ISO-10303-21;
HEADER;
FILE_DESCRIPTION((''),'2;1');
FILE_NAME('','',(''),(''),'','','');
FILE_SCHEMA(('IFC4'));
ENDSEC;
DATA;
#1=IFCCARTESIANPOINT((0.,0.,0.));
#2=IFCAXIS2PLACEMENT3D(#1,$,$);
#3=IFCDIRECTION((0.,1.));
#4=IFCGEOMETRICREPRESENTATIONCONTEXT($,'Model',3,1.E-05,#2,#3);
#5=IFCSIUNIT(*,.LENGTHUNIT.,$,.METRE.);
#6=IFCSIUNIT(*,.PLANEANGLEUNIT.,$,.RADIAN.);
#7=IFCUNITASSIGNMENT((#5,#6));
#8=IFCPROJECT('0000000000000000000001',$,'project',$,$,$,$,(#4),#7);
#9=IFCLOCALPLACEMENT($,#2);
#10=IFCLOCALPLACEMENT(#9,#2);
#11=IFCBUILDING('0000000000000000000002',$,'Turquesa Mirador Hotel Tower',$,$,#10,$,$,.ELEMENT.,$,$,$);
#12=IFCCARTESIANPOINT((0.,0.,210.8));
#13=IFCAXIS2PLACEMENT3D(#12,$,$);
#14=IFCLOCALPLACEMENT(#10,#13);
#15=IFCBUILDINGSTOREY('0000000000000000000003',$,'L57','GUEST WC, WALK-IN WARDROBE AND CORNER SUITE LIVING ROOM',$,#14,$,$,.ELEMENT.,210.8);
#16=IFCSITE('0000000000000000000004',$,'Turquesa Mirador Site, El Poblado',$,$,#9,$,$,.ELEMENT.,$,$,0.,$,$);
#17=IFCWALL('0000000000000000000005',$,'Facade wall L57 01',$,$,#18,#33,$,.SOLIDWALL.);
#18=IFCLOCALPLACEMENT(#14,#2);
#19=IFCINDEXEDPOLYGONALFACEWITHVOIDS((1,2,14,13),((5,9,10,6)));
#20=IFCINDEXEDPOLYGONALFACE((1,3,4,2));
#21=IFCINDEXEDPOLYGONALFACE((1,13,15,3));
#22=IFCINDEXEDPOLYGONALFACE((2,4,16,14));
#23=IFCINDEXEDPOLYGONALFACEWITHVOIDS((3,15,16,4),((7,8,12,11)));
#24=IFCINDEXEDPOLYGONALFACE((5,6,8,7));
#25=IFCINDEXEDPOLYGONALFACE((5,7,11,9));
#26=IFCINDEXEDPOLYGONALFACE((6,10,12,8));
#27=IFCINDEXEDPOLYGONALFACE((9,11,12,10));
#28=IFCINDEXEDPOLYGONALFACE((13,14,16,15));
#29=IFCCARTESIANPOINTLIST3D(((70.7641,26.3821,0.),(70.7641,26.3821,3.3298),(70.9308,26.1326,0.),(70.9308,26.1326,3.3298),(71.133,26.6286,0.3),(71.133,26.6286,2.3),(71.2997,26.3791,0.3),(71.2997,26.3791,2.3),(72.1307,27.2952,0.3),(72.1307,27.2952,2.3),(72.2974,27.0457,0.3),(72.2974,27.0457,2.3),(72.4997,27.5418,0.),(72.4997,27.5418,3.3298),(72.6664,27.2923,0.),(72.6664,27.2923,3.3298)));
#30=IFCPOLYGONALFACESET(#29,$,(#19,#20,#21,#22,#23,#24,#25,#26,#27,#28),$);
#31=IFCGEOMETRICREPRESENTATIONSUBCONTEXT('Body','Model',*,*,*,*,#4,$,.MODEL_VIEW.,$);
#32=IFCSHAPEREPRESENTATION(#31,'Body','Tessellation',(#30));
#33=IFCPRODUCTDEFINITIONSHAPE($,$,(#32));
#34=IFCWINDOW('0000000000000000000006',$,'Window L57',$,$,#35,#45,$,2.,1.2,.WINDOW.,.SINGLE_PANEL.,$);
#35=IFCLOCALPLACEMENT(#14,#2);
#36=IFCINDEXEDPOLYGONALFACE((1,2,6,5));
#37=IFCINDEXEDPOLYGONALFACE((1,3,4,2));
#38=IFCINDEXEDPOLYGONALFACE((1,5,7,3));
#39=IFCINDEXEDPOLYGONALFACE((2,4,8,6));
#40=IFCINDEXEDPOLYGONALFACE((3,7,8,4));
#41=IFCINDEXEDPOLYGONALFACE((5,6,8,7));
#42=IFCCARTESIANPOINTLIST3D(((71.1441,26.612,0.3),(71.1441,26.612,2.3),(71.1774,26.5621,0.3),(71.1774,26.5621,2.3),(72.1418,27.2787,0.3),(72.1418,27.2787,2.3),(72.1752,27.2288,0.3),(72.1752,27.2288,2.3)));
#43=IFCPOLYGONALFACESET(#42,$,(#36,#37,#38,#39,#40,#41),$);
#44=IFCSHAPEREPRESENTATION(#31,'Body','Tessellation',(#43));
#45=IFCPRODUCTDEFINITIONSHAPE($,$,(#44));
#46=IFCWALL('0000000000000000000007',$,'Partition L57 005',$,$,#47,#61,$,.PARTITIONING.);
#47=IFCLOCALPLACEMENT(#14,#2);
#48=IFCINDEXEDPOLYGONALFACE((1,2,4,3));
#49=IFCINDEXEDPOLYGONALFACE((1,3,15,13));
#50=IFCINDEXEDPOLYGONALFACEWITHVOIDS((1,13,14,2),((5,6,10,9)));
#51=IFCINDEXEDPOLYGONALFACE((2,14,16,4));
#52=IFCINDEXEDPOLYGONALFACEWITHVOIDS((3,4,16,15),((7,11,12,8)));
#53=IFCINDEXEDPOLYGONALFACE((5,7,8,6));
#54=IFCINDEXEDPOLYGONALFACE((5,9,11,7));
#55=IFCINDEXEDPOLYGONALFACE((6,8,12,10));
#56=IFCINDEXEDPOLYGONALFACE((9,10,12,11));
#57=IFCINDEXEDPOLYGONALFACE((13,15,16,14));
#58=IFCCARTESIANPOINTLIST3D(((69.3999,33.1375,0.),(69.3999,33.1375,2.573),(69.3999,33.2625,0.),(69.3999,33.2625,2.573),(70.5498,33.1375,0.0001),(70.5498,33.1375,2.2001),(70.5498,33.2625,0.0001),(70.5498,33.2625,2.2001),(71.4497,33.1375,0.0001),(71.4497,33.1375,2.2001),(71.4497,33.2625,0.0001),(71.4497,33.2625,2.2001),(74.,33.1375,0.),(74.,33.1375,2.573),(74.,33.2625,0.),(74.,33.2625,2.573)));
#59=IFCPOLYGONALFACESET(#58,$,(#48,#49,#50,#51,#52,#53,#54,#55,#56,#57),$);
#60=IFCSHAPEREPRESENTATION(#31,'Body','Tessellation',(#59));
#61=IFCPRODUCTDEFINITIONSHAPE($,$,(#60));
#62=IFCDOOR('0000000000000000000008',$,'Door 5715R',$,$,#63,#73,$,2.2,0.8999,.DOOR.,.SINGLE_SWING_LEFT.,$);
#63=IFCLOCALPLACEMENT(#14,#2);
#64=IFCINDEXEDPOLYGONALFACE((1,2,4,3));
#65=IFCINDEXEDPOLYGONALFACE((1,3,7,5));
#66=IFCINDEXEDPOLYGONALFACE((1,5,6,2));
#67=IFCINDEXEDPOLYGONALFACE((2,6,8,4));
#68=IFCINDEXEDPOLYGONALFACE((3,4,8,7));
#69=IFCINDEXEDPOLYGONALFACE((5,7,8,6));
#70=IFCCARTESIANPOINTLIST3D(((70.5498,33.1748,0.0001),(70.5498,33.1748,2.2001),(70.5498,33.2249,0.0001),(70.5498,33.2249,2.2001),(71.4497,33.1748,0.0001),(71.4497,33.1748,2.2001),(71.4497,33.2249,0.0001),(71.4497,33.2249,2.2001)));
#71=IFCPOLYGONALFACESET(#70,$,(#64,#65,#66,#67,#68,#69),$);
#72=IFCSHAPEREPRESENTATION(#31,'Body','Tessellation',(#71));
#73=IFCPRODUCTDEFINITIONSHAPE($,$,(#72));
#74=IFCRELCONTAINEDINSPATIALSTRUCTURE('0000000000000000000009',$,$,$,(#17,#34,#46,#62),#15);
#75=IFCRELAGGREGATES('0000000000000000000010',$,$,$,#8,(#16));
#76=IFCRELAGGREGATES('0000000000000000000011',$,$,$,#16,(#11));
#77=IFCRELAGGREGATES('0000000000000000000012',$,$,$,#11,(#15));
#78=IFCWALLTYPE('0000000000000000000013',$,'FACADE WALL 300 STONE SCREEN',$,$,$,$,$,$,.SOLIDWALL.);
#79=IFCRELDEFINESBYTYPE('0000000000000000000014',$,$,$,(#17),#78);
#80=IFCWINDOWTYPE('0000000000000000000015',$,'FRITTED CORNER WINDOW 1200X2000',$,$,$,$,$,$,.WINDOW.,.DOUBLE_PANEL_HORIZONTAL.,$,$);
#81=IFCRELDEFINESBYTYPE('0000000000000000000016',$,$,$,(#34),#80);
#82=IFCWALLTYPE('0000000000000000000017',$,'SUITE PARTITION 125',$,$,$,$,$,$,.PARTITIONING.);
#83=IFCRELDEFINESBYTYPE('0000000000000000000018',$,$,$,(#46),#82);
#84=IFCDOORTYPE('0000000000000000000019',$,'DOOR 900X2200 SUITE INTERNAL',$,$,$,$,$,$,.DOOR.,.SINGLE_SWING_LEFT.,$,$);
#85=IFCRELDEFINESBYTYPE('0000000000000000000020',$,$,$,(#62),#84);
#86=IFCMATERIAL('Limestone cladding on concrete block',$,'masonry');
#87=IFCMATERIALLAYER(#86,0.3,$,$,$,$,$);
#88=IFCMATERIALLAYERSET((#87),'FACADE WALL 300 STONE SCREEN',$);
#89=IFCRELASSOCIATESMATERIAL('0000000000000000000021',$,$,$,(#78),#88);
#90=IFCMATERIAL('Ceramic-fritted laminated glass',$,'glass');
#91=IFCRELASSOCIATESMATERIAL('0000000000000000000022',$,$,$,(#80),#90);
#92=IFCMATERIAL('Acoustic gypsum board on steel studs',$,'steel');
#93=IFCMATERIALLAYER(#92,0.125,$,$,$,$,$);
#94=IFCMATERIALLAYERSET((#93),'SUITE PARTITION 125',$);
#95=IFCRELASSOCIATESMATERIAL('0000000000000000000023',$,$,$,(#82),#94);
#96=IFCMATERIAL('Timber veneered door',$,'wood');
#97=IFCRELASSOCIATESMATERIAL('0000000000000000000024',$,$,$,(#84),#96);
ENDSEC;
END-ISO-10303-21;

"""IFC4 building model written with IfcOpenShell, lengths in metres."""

from ifc_helpers import new_model, si_unit, direction, frame, frame_2d, origin, place, context, subcontext, project, spatial, rectangle, extrude, material, layer, layer_set, type_object, element, fill, save


model = new_model("IFC4")

# Units and contexts
model_context = context("Model", 3, precision=1e-05, world=origin(), true_north=direction((0.0, 1.0)))
body_context = subcontext(model_context, "Body", "Model", "MODEL_VIEW")
ifc_project = project(units=[si_unit("LENGTHUNIT", "METRE"), si_unit("PLANEANGLEUNIT", "RADIAN")], contexts=[model_context])

# Site, building, storey
site_placement = place(None, origin())
site = spatial("IfcSite", under=ifc_project, at=site_placement, Name="Turquesa Mirador Site, El Poblado", CompositionType="ELEMENT", RefElevation=0.0)
building_placement = place(site_placement, origin())
building = spatial("IfcBuilding", under=site, at=building_placement, Name="Turquesa Mirador Hotel Tower", CompositionType="ELEMENT")
storey_placement = place(building_placement, frame((0.0, 0.0, 210.8)))
storey = spatial("IfcBuildingStorey", under=building, at=storey_placement, Name="L57", Description="GUEST WC, WALK-IN WARDROBE AND CORNER SUITE LIVING ROOM", CompositionType="ELEMENT", Elevation=210.8)

# Wall, opening, window
ifc_material_1 = material(Name="Limestone cladding on concrete block", Category="masonry")
ifc_layer_1 = layer(ifc_material_1, 0.3)
ifc_layer_set_1 = layer_set([ifc_layer_1], Name="FACADE WALL 300 STONE SCREEN")
wall_type_1 = type_object("IfcWallType", Name="FACADE WALL 300 STONE SCREEN", PredefinedType="SOLIDWALL", material=ifc_layer_set_1)
wall_1_placement = place(storey_placement, frame((70.8474, 26.2573, 0.0), z_axis=(0.0, 0.0, 1.0), x_axis=(0.831474, 0.555564, 0.0)))
wall_1 = element("IfcWall", 1, at=wall_1_placement, inside=storey, type_object=wall_type_1, Name="Facade wall L57 01", PredefinedType="SOLIDWALL", context=body_context, shape_type="SweptSolid", body=[
    extrude(rectangle(XDim=2.0874, YDim=0.3, at=frame_2d((1.0437, 0.0))), origin(), (0.0, 0.0, 1.0), 3.3298),
])
opening_1_placement = place(wall_1_placement, frame((0.4436, 0.0, 0.3)))
opening_1 = element("IfcOpeningElement", 2, at=opening_1_placement, cuts=wall_1, PredefinedType="OPENING", context=body_context, shape_type="SweptSolid", body=[
    extrude(rectangle(XDim=1.2, YDim=2.0, at=frame_2d((0.6001, 1.0))), frame((0.0, 0.1599, 0.0), z_axis=(0.0, -1.0, 0.0), x_axis=(1.0, 0.0, 0.0)), (0.0, 0.0, 1.0), 0.3201),
])
ifc_material_2 = material(Name="Ceramic-fritted laminated glass", Category="glass")
window_type_1 = type_object("IfcWindowType", Name="FRITTED CORNER WINDOW 1200X2000", PartitioningType="DOUBLE_PANEL_HORIZONTAL", PredefinedType="WINDOW", material=ifc_material_2)
window_1_placement = place(opening_1_placement, origin())
window_1 = element("IfcWindow", 3, at=window_1_placement, inside=storey, type_object=window_type_1, Name="Window L57", OverallHeight=2.0, OverallWidth=1.2, PartitioningType="SINGLE_PANEL", PredefinedType="WINDOW", context=body_context, shape_type="SweptSolid", body=[
    extrude(rectangle(XDim=1.2, YDim=2.0, at=frame_2d((0.6001, 1.0))), frame((0.0, 0.1301, 0.0), z_axis=(0.0, -1.0, 0.0), x_axis=(1.0, 0.0, 0.0)), (0.0, 0.0, 1.0), 0.0601),
])
fill(opening_1, window_1)

# Wall, opening, door
ifc_material_3 = material(Name="Acoustic gypsum board on steel studs", Category="steel")
ifc_layer_2 = layer(ifc_material_3, 0.125)
ifc_layer_set_2 = layer_set([ifc_layer_2], Name="SUITE PARTITION 125")
wall_type_2 = type_object("IfcWallType", Name="SUITE PARTITION 125", PredefinedType="PARTITIONING", material=ifc_layer_set_2)
wall_2_placement = place(storey_placement, frame((69.3999, 33.2, 0.0), z_axis=(0.0, 0.0, 1.0), x_axis=(1.0, 0.0, 0.0)))
wall_2 = element("IfcWall", 4, at=wall_2_placement, inside=storey, type_object=wall_type_2, Name="Partition L57 005", PredefinedType="PARTITIONING", context=body_context, shape_type="SweptSolid", body=[
    extrude(rectangle(XDim=4.6001, YDim=0.125, at=frame_2d((2.3, 0.0))), origin(), (0.0, 0.0, 1.0), 2.573),
])
opening_2_placement = place(wall_2_placement, frame((1.1499, 0.0, 0.0)))
opening_2 = element("IfcOpeningElement", 5, at=opening_2_placement, cuts=wall_2, PredefinedType="OPENING", context=body_context, shape_type="SweptSolid", body=[
    extrude(rectangle(XDim=0.8999, YDim=2.2, at=frame_2d((0.45, 1.1001))), frame((0.0, 0.0725, 0.0), z_axis=(0.0, -1.0, 0.0), x_axis=(1.0, 0.0, 0.0)), (0.0, 0.0, 1.0), 0.145),
])
ifc_material_4 = material(Name="Timber veneered door", Category="wood")
door_type_1 = type_object("IfcDoorType", Name="DOOR 900X2200 SUITE INTERNAL", OperationType="SINGLE_SWING_LEFT", PredefinedType="DOOR", material=ifc_material_4)
door_1_placement = place(opening_2_placement, origin())
door_1 = element("IfcDoor", 6, at=door_1_placement, inside=storey, type_object=door_type_1, Name="Door 5715R", OperationType="SINGLE_SWING_LEFT", OverallHeight=2.2, OverallWidth=0.8999, PredefinedType="DOOR", context=body_context, shape_type="SweptSolid", body=[
    extrude(rectangle(XDim=0.8999, YDim=2.2, at=frame_2d((0.45, 1.1001))), frame((0.0, 0.0249, 0.0), z_axis=(0.0, -1.0, 0.0), x_axis=(1.0, 0.0, 0.0)), (0.0, 0.0, 1.0), 0.05),
])
fill(opening_2, door_1)

save(model, "model.ifc")
